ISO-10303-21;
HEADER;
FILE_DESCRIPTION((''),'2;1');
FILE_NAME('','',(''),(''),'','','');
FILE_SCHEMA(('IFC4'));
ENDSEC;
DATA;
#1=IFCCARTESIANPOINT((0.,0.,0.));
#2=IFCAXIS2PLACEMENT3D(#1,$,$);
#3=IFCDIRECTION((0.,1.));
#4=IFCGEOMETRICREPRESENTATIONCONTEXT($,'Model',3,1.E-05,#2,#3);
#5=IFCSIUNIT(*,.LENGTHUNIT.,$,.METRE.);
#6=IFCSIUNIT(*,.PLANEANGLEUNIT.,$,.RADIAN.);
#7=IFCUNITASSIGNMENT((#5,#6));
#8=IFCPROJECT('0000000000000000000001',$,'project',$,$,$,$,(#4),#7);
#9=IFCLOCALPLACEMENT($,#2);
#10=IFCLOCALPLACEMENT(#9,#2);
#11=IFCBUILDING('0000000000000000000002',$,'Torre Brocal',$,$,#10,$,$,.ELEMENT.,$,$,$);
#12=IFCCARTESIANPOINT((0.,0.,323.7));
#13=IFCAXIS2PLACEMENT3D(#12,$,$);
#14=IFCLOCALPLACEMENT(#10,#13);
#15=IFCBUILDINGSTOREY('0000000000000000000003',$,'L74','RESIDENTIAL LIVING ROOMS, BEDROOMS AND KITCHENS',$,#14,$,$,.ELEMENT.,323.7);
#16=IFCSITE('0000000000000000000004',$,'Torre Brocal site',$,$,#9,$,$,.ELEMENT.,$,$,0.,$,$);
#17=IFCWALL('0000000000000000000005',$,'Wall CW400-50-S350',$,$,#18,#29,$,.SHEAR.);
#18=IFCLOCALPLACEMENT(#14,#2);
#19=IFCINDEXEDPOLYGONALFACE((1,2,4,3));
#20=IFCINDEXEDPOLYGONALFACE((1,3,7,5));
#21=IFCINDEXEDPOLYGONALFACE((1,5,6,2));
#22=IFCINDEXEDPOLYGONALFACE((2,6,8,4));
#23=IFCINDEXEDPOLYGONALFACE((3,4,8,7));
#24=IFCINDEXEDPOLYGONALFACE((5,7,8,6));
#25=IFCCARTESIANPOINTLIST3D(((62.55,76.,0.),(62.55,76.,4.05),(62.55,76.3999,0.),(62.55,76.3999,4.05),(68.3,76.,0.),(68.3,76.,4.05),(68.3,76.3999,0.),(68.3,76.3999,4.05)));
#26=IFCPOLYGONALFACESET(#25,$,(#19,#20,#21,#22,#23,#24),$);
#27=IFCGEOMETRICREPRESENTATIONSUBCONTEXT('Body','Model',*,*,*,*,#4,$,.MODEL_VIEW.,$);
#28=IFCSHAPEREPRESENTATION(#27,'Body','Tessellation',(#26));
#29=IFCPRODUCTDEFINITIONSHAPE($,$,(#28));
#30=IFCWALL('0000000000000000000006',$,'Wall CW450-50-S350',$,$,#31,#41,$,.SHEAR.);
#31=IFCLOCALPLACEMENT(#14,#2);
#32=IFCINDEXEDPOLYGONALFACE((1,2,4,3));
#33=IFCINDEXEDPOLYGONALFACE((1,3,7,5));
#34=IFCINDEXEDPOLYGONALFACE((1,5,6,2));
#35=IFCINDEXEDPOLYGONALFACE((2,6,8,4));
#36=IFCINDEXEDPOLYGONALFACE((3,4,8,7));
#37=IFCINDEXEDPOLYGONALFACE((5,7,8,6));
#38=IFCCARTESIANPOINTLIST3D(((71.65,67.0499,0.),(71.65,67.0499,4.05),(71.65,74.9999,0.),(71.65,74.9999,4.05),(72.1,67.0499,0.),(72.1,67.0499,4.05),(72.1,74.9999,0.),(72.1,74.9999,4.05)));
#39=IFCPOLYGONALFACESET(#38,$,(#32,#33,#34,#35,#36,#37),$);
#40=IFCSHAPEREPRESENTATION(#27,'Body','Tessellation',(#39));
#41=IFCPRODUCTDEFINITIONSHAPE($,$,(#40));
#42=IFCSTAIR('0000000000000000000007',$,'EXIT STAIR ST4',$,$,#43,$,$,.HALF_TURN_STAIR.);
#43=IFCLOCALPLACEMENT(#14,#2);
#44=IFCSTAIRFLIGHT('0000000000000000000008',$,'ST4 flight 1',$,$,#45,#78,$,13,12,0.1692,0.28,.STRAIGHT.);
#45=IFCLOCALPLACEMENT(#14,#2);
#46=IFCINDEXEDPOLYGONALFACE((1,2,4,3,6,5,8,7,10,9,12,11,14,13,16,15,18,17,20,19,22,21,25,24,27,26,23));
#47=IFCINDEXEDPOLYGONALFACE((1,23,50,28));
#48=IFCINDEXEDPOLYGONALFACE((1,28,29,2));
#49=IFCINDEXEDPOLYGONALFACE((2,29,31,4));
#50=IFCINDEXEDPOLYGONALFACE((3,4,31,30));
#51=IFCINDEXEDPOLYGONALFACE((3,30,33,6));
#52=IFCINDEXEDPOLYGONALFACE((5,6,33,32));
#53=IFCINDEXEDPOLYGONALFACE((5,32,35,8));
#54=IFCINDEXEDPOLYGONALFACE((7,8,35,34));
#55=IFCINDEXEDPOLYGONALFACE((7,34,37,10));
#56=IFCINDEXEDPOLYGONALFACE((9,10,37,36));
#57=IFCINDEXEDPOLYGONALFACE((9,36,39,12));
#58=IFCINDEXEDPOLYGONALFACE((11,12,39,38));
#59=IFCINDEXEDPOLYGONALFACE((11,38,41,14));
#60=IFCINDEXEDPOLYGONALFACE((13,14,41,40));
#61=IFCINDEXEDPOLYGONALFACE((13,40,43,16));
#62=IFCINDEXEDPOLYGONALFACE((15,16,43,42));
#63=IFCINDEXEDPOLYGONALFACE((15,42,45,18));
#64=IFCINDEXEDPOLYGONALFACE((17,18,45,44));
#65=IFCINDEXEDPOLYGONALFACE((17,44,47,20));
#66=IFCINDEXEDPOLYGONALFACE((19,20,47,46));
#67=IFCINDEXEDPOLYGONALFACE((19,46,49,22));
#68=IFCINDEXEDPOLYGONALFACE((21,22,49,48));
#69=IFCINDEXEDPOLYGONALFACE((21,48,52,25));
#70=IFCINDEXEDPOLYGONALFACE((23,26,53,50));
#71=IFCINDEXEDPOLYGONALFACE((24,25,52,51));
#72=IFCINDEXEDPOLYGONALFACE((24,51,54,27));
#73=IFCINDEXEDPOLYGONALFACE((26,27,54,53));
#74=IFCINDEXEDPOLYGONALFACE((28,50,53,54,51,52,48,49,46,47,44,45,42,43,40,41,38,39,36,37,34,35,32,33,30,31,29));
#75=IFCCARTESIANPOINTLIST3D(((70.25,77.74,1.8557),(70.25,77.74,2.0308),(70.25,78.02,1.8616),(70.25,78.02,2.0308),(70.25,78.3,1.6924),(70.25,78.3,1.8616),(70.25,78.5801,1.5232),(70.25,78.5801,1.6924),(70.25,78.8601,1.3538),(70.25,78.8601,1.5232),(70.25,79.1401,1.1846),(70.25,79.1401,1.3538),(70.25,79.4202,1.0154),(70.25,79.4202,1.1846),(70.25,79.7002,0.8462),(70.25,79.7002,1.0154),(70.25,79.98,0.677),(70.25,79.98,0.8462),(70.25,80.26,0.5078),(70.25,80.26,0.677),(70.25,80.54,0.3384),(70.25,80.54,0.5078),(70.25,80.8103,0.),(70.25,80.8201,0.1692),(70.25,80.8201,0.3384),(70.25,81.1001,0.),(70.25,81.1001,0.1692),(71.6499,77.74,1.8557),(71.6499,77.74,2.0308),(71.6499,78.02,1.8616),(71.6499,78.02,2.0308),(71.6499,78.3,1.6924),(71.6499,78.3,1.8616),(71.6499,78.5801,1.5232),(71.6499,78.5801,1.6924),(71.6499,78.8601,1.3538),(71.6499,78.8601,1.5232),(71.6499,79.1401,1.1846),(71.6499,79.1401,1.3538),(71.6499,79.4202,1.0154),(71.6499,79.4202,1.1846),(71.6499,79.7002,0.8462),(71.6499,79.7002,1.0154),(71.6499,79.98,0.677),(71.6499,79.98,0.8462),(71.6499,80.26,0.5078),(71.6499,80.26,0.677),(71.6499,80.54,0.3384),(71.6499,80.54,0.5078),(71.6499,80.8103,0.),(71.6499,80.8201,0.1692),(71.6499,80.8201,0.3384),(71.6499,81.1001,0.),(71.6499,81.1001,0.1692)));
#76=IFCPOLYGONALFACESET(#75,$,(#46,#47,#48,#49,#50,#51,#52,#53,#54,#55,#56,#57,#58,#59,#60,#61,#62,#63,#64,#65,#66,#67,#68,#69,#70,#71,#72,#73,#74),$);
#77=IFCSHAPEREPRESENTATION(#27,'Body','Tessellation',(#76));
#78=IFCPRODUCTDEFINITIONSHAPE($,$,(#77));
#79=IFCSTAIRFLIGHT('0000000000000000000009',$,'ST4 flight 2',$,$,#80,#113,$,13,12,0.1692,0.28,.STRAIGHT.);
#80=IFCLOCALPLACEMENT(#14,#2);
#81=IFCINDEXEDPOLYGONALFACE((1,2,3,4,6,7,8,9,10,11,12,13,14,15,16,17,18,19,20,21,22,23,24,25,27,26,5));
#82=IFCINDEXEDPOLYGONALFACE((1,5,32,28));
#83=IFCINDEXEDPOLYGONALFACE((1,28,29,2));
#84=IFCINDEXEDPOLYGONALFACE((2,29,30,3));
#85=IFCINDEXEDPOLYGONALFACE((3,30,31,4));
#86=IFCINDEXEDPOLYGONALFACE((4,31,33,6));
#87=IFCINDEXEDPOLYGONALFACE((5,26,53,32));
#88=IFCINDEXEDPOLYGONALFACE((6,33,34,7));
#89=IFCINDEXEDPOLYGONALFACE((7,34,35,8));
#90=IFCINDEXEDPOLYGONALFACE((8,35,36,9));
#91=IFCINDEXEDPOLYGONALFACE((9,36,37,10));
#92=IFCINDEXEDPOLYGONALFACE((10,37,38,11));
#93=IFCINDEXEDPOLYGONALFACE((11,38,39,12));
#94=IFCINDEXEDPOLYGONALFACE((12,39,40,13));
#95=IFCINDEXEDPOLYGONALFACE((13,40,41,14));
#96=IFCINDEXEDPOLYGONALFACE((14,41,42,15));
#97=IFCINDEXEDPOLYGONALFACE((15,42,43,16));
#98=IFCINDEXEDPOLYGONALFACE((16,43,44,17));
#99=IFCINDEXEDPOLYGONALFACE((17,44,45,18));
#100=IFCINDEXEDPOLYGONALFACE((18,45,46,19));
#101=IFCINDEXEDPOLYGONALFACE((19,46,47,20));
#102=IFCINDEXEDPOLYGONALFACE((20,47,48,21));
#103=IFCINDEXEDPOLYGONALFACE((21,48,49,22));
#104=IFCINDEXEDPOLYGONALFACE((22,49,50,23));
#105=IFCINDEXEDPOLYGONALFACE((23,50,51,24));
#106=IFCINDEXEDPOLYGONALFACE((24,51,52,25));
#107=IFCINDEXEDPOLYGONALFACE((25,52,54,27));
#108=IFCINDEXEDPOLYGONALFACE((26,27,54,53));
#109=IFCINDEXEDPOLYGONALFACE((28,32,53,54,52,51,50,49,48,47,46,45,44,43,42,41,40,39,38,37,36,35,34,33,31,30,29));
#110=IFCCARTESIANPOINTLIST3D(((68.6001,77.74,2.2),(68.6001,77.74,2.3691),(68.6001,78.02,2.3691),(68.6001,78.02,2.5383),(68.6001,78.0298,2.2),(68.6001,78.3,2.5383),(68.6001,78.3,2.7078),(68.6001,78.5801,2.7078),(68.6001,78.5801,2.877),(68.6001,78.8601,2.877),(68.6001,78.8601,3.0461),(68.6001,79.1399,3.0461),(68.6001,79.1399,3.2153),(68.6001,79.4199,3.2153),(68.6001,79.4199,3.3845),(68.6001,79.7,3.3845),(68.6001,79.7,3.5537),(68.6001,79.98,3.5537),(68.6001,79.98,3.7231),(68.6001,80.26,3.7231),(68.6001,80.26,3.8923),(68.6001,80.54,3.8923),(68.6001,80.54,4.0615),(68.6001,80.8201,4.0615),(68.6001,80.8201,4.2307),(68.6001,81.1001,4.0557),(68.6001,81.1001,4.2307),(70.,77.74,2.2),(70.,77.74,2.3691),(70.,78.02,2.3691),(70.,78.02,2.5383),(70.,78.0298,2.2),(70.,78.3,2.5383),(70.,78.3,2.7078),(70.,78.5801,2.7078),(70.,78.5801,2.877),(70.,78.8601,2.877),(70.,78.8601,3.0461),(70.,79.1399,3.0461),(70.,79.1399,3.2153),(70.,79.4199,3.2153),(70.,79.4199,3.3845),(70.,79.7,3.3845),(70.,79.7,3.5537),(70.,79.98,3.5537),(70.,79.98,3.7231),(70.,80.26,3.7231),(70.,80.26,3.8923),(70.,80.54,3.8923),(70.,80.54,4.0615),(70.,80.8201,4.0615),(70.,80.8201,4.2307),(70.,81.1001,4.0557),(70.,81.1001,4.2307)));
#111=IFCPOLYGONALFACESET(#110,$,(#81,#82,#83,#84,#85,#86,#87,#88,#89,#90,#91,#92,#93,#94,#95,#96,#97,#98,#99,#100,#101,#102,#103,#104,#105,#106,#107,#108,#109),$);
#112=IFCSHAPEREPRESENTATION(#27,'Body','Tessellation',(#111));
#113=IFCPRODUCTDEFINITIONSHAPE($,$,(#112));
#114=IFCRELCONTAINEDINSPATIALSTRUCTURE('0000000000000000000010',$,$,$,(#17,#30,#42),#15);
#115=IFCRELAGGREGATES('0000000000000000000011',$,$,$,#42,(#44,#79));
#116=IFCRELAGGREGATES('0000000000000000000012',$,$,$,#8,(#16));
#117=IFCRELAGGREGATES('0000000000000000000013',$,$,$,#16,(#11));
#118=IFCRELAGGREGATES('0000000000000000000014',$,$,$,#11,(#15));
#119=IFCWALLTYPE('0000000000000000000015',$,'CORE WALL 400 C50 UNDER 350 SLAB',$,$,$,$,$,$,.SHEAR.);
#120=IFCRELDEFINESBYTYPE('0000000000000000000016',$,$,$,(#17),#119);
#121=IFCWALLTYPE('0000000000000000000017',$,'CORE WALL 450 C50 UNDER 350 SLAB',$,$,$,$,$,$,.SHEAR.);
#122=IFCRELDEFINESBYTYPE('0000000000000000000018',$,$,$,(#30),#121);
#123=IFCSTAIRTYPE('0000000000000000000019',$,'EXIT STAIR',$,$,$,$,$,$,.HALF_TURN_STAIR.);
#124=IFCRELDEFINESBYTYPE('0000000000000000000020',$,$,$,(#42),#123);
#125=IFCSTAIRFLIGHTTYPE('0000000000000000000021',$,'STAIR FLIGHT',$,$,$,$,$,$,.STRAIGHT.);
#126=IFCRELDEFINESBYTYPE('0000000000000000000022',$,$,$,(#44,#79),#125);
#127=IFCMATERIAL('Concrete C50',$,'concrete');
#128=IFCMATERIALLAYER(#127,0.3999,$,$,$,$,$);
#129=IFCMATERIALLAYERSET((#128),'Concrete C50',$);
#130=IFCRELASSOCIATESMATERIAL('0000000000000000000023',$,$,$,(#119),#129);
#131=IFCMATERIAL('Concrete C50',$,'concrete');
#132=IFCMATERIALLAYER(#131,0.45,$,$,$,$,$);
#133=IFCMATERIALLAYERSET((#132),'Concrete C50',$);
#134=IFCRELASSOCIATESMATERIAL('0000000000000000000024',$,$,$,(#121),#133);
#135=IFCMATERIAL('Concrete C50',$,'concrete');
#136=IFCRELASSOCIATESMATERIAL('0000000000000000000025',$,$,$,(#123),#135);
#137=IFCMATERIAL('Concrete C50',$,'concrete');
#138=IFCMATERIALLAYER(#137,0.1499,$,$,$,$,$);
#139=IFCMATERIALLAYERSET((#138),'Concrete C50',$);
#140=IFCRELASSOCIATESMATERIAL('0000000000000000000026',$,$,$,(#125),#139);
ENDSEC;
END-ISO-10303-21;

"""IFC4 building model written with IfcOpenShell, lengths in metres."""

from ifc_helpers import new_model, si_unit, direction, frame, frame_2d, origin, place, context, subcontext, project, spatial, polyline, rectangle, outline, extrude, material, layer, layer_set, type_object, element, aggregate, save


model = new_model("IFC4")

# Units and contexts
model_context = context("Model", 3, precision=1e-05, world=origin(), true_north=direction((0.0, 1.0)))
body_context = subcontext(model_context, "Body", "Model", "MODEL_VIEW")
ifc_project = project(units=[si_unit("LENGTHUNIT", "METRE"), si_unit("PLANEANGLEUNIT", "RADIAN")], contexts=[model_context])

# Site, building, storey
site_placement = place(None, origin())
site = spatial("IfcSite", under=ifc_project, at=site_placement, Name="Torre Brocal site", CompositionType="ELEMENT", RefElevation=0.0)
building_placement = place(site_placement, origin())
building = spatial("IfcBuilding", under=site, at=building_placement, Name="Torre Brocal", CompositionType="ELEMENT")
storey_placement = place(building_placement, frame((0.0, 0.0, 323.7)))
storey = spatial("IfcBuildingStorey", under=building, at=storey_placement, Name="L74", Description="RESIDENTIAL LIVING ROOMS, BEDROOMS AND KITCHENS", CompositionType="ELEMENT", Elevation=323.7)

# Walls
ifc_material_1 = material(Name="Concrete C50", Category="concrete")
ifc_layer_1 = layer(ifc_material_1, 0.3999)
ifc_layer_set_1 = layer_set([ifc_layer_1], Name="Concrete C50")
wall_type_1 = type_object("IfcWallType", Name="CORE WALL 400 C50 UNDER 350 SLAB", PredefinedType="SHEAR", material=ifc_layer_set_1)
wall_1_placement = place(storey_placement, frame((68.3, 76.2, 0.0), z_axis=(0.0, 0.0, 1.0), x_axis=(-1.0, 0.0, 0.0)))
element("IfcWall", 1, at=wall_1_placement, inside=storey, type_object=wall_type_1, Name="Wall CW400-50-S350", PredefinedType="SHEAR", context=body_context, shape_type="SweptSolid", body=[
    extrude(rectangle(XDim=5.75, YDim=0.3999, at=frame_2d((2.875, 0.0))), origin(), (0.0, 0.0, 1.0), 4.05),
])
ifc_material_2 = material(Name="Concrete C50", Category="concrete")
ifc_layer_2 = layer(ifc_material_2, 0.45)
ifc_layer_set_2 = layer_set([ifc_layer_2], Name="Concrete C50")
wall_type_2 = type_object("IfcWallType", Name="CORE WALL 450 C50 UNDER 350 SLAB", PredefinedType="SHEAR", material=ifc_layer_set_2)
wall_2_placement = place(storey_placement, frame((71.875, 75.0, 0.0), z_axis=(0.0, 0.0, 1.0), x_axis=(0.0, -1.0, 0.0)))
element("IfcWall", 2, at=wall_2_placement, inside=storey, type_object=wall_type_2, Name="Wall CW450-50-S350", PredefinedType="SHEAR", context=body_context, shape_type="SweptSolid", body=[
    extrude(rectangle(XDim=7.95, YDim=0.45, at=frame_2d((3.9751, 0.0))), origin(), (0.0, 0.0, 1.0), 4.05),
])

# Stair, stair flights
ifc_material_3 = material(Name="Concrete C50", Category="concrete")
stair_type = type_object("IfcStairType", Name="EXIT STAIR", PredefinedType="HALF_TURN_STAIR", material=ifc_material_3)
stair_placement = place(storey_placement, origin())
stair = element("IfcStair", 3, at=stair_placement, inside=storey, type_object=stair_type, Name="EXIT STAIR ST4", PredefinedType="HALF_TURN_STAIR")
ifc_material_4 = material(Name="Concrete C50", Category="concrete")
ifc_layer_3 = layer(ifc_material_4, 0.1499)
ifc_layer_set_3 = layer_set([ifc_layer_3], Name="Concrete C50")
stair_flight_type = type_object("IfcStairFlightType", Name="STAIR FLIGHT", PredefinedType="STRAIGHT", material=ifc_layer_set_3)
stair_flight_1_placement = place(storey_placement, frame((70.95, 81.1001, 0.0), z_axis=(0.0, 0.0, 1.0), x_axis=(0.0, -1.0, 0.0)))
stair_flight_1 = element("IfcStairFlight", 4, at=stair_flight_1_placement, type_object=stair_flight_type, Name="ST4 flight 1", NumberOfRisers=13, NumberOfTreads=12, PredefinedType="STRAIGHT", RiserHeight=0.1692, TreadLength=0.28, context=body_context, shape_type="SweptSolid", body=[
    extrude(outline(polyline([(0.0, 0.0), (0.0, 0.1692), (0.28, 0.1692), (0.28, 0.3384), (0.5601, 0.3384), (0.5601, 0.5078), (0.8401, 0.5078), (0.8401, 0.677), (1.1201, 0.677), (1.1201, 0.8462), (1.3999, 0.8462), (1.3999, 1.0154), (1.6799, 1.0154), (1.6799, 1.1846), (1.96, 1.1846), (1.96, 1.3538), (2.24, 1.3538), (2.24, 1.5232), (2.52, 1.5232), (2.52, 1.6924), (2.8, 1.6924), (2.8, 1.8616), (3.0801, 1.8616), (3.0801, 2.0308), (3.3601, 2.0308), (3.3601, 2.2), (3.3601, 1.8557), (0.2898, 0.0), (0.0, 0.0)])), frame((0.0, 0.7, 0.0), z_axis=(0.0, -1.0, 0.0), x_axis=(1.0, 0.0, 0.0)), (0.0, 0.0, 1.0), 1.3999),
])
stair_flight_2_placement = place(storey_placement, frame((69.3, 77.74, 2.2), z_axis=(0.0, 0.0, 1.0), x_axis=(0.0, 1.0, 0.0)))
stair_flight_2 = element("IfcStairFlight", 5, at=stair_flight_2_placement, type_object=stair_flight_type, Name="ST4 flight 2", NumberOfRisers=13, NumberOfTreads=12, PredefinedType="STRAIGHT", RiserHeight=0.1692, TreadLength=0.28, context=body_context, shape_type="SweptSolid", body=[
    extrude(outline(polyline([(0.0, 0.0), (0.0, 0.1692), (0.28, 0.1692), (0.28, 0.3384), (0.5601, 0.3384), (0.5601, 0.5078), (0.8401, 0.5078), (0.8401, 0.677), (1.1201, 0.677), (1.1201, 0.8462), (1.3999, 0.8462), (1.3999, 1.0154), (1.6799, 1.0154), (1.6799, 1.1846), (1.96, 1.1846), (1.96, 1.3538), (2.24, 1.3538), (2.24, 1.5232), (2.52, 1.5232), (2.52, 1.6924), (2.8, 1.6924), (2.8, 1.8616), (3.0801, 1.8616), (3.0801, 2.0308), (3.3601, 2.0308), (3.3601, 2.2), (3.3601, 1.8557), (0.2898, 0.0), (0.0, 0.0)])), frame((0.0, 0.7, 0.0), z_axis=(0.0, -1.0, 0.0), x_axis=(1.0, 0.0, 0.0)), (0.0, 0.0, 1.0), 1.3999),
])
aggregate(stair, [stair_flight_1, stair_flight_2])

save(model, "model.ifc")
